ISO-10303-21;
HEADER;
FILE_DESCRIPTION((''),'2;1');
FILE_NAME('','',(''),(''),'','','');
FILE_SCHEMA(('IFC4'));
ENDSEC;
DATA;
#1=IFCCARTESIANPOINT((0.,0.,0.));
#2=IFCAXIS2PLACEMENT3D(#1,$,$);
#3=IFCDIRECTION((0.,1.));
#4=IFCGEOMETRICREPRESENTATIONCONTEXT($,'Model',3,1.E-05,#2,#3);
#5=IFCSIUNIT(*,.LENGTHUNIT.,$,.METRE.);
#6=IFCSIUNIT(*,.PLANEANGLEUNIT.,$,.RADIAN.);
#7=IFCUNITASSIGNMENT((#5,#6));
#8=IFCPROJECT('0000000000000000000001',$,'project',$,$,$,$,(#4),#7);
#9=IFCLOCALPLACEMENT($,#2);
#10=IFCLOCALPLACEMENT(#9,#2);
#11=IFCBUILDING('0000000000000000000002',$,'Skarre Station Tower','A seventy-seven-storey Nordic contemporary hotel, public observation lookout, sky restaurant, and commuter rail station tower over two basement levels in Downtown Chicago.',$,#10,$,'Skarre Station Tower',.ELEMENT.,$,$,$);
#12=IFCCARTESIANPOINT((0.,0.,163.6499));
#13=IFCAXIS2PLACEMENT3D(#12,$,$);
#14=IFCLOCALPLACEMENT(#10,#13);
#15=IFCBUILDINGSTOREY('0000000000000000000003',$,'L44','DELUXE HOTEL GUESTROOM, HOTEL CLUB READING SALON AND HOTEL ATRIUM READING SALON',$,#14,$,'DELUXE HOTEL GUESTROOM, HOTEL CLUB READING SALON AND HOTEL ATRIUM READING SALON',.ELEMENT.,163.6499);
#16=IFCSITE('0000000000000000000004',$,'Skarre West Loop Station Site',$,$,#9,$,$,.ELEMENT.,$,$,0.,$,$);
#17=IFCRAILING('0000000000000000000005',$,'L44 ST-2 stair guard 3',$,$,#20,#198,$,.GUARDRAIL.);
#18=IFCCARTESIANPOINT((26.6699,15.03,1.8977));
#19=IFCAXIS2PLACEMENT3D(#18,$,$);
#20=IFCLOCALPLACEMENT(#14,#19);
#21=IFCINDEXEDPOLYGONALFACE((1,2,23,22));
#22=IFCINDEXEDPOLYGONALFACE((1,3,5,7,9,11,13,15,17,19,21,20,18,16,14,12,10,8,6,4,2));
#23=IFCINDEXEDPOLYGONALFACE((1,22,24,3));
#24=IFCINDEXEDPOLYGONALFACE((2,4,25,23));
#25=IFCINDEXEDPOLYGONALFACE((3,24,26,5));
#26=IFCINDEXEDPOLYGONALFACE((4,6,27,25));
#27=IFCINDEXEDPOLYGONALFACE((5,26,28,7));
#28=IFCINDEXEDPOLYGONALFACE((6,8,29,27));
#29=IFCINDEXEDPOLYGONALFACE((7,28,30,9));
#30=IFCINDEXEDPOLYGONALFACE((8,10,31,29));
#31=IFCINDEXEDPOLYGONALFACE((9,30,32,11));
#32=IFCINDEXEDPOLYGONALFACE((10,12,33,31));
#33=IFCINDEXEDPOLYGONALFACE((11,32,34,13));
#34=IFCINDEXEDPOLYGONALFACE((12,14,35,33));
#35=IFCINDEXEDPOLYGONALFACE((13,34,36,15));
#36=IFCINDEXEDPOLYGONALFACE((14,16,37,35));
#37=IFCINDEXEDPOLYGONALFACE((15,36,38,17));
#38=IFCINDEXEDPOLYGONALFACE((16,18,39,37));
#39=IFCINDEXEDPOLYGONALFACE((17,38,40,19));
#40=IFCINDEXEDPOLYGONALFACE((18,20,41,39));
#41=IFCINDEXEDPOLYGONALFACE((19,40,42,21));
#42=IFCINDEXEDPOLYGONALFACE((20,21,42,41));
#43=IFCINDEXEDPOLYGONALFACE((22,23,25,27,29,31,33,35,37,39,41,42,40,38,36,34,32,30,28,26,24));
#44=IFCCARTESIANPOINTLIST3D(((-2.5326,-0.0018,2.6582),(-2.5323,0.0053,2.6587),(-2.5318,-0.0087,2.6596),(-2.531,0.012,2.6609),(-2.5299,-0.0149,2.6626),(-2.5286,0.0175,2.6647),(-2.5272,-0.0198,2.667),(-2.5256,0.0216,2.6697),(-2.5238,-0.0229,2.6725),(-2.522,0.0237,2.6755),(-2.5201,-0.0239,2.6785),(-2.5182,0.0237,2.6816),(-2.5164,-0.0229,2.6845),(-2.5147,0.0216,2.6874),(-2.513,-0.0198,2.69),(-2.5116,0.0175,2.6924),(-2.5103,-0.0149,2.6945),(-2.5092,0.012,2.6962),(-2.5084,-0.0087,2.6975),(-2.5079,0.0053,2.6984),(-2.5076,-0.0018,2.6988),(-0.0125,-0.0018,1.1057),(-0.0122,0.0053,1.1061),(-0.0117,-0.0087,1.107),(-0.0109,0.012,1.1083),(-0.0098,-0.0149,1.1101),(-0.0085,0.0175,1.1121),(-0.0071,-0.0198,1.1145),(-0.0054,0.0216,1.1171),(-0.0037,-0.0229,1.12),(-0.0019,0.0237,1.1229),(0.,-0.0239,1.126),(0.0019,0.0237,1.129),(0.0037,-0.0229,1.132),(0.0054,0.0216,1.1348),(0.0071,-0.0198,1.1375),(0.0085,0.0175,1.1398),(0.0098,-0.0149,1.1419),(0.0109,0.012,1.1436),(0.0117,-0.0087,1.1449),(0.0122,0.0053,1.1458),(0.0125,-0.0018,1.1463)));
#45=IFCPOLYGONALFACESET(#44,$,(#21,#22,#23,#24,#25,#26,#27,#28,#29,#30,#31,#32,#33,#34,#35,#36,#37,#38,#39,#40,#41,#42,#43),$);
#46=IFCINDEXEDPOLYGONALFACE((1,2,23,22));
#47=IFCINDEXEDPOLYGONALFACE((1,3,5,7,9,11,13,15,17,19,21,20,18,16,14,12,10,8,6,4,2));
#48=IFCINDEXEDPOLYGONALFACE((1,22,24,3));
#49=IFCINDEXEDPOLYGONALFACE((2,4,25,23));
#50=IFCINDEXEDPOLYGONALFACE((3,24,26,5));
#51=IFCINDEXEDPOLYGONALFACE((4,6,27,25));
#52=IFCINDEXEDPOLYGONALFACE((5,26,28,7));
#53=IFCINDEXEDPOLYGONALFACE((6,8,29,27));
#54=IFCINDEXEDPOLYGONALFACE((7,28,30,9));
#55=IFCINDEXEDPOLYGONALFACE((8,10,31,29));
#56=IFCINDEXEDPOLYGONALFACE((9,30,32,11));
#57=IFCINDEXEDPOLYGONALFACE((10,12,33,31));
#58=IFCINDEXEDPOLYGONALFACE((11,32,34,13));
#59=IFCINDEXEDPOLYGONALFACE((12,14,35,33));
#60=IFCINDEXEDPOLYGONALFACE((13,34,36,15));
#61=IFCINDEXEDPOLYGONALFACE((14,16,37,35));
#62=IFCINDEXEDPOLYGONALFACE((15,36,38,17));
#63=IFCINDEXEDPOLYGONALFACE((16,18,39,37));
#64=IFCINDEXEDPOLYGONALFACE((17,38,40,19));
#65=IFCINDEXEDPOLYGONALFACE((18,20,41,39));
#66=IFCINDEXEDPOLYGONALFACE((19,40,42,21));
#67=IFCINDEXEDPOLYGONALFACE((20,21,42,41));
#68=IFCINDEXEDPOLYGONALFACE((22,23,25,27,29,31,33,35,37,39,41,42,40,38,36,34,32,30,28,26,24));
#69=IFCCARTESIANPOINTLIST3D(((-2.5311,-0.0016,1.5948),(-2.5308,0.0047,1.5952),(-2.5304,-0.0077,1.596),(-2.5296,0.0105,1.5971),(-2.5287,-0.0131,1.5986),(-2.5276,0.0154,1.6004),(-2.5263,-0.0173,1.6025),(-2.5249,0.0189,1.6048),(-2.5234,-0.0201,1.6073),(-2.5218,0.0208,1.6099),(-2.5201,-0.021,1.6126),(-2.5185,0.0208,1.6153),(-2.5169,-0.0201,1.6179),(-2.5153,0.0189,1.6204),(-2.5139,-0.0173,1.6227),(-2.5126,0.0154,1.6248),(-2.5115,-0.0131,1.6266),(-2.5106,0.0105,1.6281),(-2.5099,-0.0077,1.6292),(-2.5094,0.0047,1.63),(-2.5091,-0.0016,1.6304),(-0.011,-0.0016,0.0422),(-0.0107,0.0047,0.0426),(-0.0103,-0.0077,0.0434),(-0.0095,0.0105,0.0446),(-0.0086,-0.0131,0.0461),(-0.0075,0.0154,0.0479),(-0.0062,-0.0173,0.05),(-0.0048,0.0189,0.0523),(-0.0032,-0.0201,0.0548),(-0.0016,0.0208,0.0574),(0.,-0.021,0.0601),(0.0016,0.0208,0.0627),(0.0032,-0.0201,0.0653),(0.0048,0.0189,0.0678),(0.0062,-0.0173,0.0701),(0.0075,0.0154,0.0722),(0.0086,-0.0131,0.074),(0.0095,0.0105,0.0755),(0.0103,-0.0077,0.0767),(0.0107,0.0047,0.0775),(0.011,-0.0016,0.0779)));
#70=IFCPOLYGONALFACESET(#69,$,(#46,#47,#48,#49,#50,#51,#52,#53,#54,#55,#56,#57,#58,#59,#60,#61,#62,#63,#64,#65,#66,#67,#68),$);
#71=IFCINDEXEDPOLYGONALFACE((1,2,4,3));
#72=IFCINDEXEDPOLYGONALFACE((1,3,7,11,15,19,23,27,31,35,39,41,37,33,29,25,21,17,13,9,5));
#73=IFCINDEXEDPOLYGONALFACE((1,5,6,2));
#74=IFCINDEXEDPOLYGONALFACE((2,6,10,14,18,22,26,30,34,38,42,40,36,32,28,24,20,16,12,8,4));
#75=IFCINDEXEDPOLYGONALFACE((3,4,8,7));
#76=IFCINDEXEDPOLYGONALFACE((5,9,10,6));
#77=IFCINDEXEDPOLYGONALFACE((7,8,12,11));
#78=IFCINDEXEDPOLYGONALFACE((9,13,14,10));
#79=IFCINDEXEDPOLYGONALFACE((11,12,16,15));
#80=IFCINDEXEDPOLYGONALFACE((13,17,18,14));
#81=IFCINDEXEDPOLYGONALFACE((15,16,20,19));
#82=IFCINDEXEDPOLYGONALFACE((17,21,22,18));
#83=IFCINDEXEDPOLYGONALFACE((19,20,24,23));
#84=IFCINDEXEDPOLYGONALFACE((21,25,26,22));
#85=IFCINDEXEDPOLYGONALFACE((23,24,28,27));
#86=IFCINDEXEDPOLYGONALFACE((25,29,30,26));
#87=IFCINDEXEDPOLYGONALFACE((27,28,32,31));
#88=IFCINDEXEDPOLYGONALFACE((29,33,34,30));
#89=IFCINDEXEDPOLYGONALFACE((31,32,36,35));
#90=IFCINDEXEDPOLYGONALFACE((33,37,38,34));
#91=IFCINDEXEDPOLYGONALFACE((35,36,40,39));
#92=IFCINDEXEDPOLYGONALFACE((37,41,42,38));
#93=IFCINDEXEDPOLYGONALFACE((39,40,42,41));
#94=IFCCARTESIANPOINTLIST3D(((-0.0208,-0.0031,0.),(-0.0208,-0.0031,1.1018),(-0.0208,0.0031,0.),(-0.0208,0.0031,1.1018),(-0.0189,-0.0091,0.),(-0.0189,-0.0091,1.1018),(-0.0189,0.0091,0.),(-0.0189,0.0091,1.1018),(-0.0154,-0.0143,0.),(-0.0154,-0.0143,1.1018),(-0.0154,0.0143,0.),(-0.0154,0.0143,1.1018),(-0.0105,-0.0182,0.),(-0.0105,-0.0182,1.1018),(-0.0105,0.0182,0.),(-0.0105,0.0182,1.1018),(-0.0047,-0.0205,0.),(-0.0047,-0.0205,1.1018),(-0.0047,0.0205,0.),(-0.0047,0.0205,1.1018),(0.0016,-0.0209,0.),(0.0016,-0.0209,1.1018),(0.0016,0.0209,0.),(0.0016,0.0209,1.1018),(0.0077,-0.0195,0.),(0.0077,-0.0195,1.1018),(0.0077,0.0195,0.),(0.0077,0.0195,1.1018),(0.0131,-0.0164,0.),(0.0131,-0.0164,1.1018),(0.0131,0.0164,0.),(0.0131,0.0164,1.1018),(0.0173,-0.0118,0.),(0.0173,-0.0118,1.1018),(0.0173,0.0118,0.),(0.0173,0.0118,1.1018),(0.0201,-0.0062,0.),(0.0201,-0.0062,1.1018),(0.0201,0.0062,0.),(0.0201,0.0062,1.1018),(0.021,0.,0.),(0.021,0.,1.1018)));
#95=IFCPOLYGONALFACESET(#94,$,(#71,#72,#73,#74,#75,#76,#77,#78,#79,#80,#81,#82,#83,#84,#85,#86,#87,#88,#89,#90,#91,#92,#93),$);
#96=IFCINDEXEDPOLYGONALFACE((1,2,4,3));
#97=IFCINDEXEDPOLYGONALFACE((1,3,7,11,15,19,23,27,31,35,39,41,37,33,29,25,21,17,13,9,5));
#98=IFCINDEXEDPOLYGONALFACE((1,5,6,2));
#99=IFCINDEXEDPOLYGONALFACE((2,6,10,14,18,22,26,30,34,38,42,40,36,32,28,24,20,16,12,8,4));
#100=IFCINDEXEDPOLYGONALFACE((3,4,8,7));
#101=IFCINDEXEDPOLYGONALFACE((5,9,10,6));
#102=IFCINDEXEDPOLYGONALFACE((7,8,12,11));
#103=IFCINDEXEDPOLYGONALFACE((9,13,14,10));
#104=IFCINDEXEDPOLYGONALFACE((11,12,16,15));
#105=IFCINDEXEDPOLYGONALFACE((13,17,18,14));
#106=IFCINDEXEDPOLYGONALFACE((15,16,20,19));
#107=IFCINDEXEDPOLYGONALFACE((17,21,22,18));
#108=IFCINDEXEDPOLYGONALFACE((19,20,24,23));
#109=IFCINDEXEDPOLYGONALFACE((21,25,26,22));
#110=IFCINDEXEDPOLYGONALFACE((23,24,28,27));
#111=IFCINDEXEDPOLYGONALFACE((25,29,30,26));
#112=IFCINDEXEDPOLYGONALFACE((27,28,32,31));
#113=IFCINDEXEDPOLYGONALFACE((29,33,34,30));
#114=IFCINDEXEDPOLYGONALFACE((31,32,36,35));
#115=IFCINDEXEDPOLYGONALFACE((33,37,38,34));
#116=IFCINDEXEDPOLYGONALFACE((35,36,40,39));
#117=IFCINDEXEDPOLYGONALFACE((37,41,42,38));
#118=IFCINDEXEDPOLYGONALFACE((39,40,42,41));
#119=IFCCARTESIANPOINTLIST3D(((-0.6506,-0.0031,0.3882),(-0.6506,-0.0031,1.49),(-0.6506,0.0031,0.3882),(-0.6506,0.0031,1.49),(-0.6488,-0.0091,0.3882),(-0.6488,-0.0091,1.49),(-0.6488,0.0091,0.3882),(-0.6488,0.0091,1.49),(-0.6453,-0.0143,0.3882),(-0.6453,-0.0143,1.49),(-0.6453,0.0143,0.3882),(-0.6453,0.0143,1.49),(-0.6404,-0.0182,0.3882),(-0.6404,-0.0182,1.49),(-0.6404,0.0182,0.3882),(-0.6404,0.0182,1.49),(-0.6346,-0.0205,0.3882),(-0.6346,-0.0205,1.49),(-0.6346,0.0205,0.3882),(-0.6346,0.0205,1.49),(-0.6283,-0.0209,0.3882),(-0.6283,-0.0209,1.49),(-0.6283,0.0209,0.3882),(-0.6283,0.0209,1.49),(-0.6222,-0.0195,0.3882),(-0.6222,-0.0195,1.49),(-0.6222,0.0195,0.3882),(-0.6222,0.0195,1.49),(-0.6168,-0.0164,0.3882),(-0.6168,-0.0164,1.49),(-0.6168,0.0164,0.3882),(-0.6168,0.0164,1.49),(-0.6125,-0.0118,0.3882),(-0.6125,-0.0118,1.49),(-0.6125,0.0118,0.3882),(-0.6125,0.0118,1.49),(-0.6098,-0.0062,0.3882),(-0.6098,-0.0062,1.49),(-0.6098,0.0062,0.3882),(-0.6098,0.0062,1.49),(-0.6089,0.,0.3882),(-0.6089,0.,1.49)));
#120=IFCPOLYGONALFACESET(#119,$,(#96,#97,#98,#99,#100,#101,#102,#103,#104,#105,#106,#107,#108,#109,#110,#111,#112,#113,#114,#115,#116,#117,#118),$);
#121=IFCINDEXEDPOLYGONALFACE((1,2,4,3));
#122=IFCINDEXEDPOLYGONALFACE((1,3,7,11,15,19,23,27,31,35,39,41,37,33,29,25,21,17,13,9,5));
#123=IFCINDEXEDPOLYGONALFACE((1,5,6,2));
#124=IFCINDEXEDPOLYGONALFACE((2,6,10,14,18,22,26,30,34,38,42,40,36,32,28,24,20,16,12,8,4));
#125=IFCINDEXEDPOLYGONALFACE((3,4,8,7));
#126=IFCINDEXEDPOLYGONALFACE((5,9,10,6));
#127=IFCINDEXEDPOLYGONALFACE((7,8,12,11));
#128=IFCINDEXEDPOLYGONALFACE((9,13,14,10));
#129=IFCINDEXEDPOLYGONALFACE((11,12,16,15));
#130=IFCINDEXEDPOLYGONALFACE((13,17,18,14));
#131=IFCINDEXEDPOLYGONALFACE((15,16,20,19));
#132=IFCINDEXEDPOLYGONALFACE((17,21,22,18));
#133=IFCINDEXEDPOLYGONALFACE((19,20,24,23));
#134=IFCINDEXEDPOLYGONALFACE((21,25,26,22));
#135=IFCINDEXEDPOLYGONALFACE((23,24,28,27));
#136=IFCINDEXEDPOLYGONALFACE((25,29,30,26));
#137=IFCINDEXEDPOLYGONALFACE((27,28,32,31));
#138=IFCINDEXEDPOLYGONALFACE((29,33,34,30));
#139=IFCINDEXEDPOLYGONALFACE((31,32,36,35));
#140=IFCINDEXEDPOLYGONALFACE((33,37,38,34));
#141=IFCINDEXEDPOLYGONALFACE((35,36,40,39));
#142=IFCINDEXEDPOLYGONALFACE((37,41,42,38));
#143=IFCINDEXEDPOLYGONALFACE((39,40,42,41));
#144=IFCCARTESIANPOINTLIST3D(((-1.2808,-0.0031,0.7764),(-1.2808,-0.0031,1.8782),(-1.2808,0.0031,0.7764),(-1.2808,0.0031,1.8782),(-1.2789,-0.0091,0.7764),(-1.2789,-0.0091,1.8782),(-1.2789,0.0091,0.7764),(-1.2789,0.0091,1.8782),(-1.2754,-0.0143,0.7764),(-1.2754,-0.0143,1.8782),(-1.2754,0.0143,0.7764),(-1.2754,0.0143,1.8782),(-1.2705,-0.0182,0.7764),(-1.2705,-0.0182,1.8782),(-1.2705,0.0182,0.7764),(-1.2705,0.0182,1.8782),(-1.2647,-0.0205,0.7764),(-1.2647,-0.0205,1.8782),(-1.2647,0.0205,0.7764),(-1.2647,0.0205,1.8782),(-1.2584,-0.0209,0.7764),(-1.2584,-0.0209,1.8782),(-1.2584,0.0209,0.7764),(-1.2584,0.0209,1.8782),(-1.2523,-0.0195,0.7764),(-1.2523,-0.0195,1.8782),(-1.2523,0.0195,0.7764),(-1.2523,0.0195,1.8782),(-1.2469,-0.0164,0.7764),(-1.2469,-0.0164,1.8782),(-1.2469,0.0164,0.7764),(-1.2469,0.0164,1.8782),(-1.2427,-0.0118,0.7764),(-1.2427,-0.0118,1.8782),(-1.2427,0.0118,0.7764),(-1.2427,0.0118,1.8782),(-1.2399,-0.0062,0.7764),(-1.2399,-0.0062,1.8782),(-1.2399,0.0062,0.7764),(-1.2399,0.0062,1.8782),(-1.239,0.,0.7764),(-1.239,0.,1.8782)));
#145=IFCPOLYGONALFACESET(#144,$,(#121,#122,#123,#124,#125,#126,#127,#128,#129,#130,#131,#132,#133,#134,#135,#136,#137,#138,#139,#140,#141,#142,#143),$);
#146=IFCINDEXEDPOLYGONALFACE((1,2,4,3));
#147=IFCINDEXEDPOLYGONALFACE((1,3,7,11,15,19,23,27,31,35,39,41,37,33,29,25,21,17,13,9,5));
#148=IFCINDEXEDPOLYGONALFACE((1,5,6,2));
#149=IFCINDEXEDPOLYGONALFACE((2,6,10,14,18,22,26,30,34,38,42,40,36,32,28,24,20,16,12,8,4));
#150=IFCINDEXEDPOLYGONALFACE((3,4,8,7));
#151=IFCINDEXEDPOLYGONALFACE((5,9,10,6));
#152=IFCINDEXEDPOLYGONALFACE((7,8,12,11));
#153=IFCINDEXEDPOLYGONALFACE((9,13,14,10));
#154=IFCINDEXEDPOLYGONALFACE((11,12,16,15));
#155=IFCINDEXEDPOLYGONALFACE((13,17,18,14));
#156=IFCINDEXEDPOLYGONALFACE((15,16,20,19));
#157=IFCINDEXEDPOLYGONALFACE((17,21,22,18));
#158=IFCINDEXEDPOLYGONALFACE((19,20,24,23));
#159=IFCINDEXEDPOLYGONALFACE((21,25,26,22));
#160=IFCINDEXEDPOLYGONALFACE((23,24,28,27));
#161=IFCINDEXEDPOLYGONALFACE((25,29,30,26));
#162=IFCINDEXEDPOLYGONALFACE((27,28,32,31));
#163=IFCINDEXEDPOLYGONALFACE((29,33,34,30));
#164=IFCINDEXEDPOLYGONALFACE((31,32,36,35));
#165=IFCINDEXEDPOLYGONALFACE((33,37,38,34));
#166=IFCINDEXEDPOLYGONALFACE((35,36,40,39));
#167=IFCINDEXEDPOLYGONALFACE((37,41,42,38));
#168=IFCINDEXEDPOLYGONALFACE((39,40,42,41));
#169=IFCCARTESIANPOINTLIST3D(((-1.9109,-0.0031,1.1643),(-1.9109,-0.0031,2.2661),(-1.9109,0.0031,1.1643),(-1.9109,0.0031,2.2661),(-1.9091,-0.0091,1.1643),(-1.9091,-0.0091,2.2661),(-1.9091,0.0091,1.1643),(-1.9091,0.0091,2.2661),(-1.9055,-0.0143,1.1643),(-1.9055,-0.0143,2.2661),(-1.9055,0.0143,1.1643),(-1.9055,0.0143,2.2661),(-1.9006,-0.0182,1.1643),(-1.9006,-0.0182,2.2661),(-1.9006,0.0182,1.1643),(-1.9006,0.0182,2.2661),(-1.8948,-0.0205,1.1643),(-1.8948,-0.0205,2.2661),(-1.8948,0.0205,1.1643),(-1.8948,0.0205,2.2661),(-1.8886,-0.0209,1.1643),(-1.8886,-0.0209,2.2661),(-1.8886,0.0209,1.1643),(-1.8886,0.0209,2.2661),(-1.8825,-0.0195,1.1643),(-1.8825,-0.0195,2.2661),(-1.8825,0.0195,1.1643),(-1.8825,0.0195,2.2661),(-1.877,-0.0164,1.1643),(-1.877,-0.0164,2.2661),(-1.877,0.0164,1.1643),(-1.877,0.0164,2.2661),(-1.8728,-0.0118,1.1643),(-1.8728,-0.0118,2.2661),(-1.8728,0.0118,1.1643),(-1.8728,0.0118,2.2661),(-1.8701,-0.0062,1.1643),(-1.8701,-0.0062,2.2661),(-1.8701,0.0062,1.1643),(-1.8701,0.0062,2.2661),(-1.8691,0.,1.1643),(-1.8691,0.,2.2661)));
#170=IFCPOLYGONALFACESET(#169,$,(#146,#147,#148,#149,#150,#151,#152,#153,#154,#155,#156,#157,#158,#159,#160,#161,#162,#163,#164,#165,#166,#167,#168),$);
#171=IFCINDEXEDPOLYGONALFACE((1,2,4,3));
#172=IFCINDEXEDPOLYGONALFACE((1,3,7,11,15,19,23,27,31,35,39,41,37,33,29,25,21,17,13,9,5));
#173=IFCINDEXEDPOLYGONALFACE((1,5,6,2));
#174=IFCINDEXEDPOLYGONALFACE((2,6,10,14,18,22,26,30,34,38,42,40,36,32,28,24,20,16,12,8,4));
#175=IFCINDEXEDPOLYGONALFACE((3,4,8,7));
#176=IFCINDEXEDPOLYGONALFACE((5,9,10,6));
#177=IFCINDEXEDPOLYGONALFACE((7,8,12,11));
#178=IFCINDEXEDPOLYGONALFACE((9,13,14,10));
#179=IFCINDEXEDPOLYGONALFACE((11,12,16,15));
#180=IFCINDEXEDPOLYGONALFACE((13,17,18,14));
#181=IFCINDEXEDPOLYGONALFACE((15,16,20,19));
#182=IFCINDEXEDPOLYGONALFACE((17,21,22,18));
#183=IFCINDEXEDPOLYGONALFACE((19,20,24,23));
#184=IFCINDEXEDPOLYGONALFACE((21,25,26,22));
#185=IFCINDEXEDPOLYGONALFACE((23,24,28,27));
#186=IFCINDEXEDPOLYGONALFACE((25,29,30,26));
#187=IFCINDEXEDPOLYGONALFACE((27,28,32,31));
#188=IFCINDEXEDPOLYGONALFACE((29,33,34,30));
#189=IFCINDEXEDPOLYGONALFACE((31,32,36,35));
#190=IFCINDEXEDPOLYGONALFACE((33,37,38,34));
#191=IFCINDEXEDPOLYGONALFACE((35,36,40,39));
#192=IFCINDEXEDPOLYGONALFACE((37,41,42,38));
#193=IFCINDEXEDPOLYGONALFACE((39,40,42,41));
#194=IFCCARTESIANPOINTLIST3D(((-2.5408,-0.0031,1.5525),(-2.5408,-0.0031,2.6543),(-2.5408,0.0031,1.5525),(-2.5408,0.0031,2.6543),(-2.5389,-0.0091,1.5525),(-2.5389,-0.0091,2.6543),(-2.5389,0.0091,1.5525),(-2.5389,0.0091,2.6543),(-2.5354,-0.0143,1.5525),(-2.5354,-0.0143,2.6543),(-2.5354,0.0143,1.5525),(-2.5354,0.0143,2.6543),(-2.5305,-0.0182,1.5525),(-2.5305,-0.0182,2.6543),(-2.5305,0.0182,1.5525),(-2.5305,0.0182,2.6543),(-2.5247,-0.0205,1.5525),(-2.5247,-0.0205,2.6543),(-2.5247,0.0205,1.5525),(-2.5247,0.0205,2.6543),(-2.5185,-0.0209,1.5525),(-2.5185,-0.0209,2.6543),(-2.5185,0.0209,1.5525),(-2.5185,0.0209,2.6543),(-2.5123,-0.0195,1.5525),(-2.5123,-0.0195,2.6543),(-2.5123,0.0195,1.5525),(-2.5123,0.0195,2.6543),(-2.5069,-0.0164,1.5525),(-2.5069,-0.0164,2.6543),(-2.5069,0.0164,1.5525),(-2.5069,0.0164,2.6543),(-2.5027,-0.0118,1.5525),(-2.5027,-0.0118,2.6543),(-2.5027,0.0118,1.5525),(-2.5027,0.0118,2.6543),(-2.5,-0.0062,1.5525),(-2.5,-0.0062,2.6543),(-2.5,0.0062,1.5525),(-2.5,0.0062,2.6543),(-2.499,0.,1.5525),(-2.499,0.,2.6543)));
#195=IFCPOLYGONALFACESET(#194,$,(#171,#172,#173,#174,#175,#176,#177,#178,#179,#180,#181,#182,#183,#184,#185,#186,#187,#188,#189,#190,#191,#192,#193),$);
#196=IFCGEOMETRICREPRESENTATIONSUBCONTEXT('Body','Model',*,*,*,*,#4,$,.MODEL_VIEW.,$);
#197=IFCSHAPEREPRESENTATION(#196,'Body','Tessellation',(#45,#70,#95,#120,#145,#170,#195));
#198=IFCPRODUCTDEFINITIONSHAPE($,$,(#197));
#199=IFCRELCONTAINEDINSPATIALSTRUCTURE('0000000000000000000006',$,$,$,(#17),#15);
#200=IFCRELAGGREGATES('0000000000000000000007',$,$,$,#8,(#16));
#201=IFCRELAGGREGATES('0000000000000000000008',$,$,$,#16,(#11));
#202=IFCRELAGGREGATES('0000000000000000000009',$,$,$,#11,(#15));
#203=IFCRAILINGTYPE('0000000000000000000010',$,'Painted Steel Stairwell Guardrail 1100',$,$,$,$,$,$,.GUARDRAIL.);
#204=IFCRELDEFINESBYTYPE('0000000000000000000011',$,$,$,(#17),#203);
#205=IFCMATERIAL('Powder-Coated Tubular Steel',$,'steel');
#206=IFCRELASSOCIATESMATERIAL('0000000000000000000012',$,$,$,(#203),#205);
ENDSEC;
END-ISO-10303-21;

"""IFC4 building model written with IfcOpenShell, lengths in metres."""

from ifc_helpers import new_model, si_unit, direction, frame, origin, origin_2d, place, context, subcontext, project, spatial, circle, extrude, material, type_object, element, save


model = new_model("IFC4")

# Units and contexts
model_context = context("Model", 3, precision=1e-05, world=origin(), true_north=direction((0.0, 1.0)))
body_context = subcontext(model_context, "Body", "Model", "MODEL_VIEW")
ifc_project = project(units=[si_unit("LENGTHUNIT", "METRE"), si_unit("PLANEANGLEUNIT", "RADIAN")], contexts=[model_context])

# Site, building, storey
site_placement = place(None, origin())
site = spatial("IfcSite", under=ifc_project, at=site_placement, Name="Skarre West Loop Station Site", CompositionType="ELEMENT", RefElevation=0.0)
building_placement = place(site_placement, origin())
building = spatial("IfcBuilding", under=site, at=building_placement, Name="Skarre Station Tower", Description="A seventy-seven-storey Nordic contemporary hotel, public observation lookout, sky restaurant, and commuter rail station tower over two basement levels in Downtown Chicago.", LongName="Skarre Station Tower", CompositionType="ELEMENT")
storey_placement = place(building_placement, frame((0.0, 0.0, 163.6499)))
storey = spatial("IfcBuildingStorey", under=building, at=storey_placement, Name="L44", Description="DELUXE HOTEL GUESTROOM, HOTEL CLUB READING SALON AND HOTEL ATRIUM READING SALON", LongName="DELUXE HOTEL GUESTROOM, HOTEL CLUB READING SALON AND HOTEL ATRIUM READING SALON", CompositionType="ELEMENT", Elevation=163.6499)

# Railing
ifc_material_1 = material(Name="Powder-Coated Tubular Steel", Category="steel")
railing_type_1 = type_object("IfcRailingType", Name="Painted Steel Stairwell Guardrail 1100", PredefinedType="GUARDRAIL", material=ifc_material_1)
railing_1_placement = place(storey_placement, frame((26.6699, 15.03, 1.8977)))
element("IfcRailing", 1, at=railing_1_placement, inside=storey, type_object=railing_type_1, Name="L44 ST-2 stair guard 3", PredefinedType="GUARDRAIL", context=body_context, shape_type="SweptSolid", body=[
    extrude(circle(Radius=0.0239, at=origin_2d()), frame((0.0, 0.0, 1.126), z_axis=(-0.8514, 0.0, 0.524516), x_axis=(0.0, -1.0, 0.0)), (0.0, 0.0, 1.0), 2.96),
    extrude(circle(Radius=0.021, at=origin_2d()), frame((0.0, 0.0, 0.0601), z_axis=(-0.8514, 0.0, 0.524516), x_axis=(0.0, -1.0, 0.0)), (0.0, 0.0, 1.0), 2.96),
    extrude(circle(Radius=0.021, at=origin_2d()), origin(), (0.0, 0.0, 1.0), 1.1018),
    extrude(circle(Radius=0.021, at=origin_2d()), frame((-0.6299, 0.0, 0.3882)), (0.0, 0.0, 1.0), 1.1018),
    extrude(circle(Radius=0.021, at=origin_2d()), frame((-1.26, 0.0, 0.7764)), (0.0, 0.0, 1.0), 1.1018),
    extrude(circle(Radius=0.021, at=origin_2d()), frame((-1.8901, 0.0, 1.1643)), (0.0, 0.0, 1.0), 1.1018),
    extrude(circle(Radius=0.021, at=origin_2d()), frame((-2.52, 0.0, 1.5525)), (0.0, 0.0, 1.0), 1.1018),
])

save(model, "model.ifc")
